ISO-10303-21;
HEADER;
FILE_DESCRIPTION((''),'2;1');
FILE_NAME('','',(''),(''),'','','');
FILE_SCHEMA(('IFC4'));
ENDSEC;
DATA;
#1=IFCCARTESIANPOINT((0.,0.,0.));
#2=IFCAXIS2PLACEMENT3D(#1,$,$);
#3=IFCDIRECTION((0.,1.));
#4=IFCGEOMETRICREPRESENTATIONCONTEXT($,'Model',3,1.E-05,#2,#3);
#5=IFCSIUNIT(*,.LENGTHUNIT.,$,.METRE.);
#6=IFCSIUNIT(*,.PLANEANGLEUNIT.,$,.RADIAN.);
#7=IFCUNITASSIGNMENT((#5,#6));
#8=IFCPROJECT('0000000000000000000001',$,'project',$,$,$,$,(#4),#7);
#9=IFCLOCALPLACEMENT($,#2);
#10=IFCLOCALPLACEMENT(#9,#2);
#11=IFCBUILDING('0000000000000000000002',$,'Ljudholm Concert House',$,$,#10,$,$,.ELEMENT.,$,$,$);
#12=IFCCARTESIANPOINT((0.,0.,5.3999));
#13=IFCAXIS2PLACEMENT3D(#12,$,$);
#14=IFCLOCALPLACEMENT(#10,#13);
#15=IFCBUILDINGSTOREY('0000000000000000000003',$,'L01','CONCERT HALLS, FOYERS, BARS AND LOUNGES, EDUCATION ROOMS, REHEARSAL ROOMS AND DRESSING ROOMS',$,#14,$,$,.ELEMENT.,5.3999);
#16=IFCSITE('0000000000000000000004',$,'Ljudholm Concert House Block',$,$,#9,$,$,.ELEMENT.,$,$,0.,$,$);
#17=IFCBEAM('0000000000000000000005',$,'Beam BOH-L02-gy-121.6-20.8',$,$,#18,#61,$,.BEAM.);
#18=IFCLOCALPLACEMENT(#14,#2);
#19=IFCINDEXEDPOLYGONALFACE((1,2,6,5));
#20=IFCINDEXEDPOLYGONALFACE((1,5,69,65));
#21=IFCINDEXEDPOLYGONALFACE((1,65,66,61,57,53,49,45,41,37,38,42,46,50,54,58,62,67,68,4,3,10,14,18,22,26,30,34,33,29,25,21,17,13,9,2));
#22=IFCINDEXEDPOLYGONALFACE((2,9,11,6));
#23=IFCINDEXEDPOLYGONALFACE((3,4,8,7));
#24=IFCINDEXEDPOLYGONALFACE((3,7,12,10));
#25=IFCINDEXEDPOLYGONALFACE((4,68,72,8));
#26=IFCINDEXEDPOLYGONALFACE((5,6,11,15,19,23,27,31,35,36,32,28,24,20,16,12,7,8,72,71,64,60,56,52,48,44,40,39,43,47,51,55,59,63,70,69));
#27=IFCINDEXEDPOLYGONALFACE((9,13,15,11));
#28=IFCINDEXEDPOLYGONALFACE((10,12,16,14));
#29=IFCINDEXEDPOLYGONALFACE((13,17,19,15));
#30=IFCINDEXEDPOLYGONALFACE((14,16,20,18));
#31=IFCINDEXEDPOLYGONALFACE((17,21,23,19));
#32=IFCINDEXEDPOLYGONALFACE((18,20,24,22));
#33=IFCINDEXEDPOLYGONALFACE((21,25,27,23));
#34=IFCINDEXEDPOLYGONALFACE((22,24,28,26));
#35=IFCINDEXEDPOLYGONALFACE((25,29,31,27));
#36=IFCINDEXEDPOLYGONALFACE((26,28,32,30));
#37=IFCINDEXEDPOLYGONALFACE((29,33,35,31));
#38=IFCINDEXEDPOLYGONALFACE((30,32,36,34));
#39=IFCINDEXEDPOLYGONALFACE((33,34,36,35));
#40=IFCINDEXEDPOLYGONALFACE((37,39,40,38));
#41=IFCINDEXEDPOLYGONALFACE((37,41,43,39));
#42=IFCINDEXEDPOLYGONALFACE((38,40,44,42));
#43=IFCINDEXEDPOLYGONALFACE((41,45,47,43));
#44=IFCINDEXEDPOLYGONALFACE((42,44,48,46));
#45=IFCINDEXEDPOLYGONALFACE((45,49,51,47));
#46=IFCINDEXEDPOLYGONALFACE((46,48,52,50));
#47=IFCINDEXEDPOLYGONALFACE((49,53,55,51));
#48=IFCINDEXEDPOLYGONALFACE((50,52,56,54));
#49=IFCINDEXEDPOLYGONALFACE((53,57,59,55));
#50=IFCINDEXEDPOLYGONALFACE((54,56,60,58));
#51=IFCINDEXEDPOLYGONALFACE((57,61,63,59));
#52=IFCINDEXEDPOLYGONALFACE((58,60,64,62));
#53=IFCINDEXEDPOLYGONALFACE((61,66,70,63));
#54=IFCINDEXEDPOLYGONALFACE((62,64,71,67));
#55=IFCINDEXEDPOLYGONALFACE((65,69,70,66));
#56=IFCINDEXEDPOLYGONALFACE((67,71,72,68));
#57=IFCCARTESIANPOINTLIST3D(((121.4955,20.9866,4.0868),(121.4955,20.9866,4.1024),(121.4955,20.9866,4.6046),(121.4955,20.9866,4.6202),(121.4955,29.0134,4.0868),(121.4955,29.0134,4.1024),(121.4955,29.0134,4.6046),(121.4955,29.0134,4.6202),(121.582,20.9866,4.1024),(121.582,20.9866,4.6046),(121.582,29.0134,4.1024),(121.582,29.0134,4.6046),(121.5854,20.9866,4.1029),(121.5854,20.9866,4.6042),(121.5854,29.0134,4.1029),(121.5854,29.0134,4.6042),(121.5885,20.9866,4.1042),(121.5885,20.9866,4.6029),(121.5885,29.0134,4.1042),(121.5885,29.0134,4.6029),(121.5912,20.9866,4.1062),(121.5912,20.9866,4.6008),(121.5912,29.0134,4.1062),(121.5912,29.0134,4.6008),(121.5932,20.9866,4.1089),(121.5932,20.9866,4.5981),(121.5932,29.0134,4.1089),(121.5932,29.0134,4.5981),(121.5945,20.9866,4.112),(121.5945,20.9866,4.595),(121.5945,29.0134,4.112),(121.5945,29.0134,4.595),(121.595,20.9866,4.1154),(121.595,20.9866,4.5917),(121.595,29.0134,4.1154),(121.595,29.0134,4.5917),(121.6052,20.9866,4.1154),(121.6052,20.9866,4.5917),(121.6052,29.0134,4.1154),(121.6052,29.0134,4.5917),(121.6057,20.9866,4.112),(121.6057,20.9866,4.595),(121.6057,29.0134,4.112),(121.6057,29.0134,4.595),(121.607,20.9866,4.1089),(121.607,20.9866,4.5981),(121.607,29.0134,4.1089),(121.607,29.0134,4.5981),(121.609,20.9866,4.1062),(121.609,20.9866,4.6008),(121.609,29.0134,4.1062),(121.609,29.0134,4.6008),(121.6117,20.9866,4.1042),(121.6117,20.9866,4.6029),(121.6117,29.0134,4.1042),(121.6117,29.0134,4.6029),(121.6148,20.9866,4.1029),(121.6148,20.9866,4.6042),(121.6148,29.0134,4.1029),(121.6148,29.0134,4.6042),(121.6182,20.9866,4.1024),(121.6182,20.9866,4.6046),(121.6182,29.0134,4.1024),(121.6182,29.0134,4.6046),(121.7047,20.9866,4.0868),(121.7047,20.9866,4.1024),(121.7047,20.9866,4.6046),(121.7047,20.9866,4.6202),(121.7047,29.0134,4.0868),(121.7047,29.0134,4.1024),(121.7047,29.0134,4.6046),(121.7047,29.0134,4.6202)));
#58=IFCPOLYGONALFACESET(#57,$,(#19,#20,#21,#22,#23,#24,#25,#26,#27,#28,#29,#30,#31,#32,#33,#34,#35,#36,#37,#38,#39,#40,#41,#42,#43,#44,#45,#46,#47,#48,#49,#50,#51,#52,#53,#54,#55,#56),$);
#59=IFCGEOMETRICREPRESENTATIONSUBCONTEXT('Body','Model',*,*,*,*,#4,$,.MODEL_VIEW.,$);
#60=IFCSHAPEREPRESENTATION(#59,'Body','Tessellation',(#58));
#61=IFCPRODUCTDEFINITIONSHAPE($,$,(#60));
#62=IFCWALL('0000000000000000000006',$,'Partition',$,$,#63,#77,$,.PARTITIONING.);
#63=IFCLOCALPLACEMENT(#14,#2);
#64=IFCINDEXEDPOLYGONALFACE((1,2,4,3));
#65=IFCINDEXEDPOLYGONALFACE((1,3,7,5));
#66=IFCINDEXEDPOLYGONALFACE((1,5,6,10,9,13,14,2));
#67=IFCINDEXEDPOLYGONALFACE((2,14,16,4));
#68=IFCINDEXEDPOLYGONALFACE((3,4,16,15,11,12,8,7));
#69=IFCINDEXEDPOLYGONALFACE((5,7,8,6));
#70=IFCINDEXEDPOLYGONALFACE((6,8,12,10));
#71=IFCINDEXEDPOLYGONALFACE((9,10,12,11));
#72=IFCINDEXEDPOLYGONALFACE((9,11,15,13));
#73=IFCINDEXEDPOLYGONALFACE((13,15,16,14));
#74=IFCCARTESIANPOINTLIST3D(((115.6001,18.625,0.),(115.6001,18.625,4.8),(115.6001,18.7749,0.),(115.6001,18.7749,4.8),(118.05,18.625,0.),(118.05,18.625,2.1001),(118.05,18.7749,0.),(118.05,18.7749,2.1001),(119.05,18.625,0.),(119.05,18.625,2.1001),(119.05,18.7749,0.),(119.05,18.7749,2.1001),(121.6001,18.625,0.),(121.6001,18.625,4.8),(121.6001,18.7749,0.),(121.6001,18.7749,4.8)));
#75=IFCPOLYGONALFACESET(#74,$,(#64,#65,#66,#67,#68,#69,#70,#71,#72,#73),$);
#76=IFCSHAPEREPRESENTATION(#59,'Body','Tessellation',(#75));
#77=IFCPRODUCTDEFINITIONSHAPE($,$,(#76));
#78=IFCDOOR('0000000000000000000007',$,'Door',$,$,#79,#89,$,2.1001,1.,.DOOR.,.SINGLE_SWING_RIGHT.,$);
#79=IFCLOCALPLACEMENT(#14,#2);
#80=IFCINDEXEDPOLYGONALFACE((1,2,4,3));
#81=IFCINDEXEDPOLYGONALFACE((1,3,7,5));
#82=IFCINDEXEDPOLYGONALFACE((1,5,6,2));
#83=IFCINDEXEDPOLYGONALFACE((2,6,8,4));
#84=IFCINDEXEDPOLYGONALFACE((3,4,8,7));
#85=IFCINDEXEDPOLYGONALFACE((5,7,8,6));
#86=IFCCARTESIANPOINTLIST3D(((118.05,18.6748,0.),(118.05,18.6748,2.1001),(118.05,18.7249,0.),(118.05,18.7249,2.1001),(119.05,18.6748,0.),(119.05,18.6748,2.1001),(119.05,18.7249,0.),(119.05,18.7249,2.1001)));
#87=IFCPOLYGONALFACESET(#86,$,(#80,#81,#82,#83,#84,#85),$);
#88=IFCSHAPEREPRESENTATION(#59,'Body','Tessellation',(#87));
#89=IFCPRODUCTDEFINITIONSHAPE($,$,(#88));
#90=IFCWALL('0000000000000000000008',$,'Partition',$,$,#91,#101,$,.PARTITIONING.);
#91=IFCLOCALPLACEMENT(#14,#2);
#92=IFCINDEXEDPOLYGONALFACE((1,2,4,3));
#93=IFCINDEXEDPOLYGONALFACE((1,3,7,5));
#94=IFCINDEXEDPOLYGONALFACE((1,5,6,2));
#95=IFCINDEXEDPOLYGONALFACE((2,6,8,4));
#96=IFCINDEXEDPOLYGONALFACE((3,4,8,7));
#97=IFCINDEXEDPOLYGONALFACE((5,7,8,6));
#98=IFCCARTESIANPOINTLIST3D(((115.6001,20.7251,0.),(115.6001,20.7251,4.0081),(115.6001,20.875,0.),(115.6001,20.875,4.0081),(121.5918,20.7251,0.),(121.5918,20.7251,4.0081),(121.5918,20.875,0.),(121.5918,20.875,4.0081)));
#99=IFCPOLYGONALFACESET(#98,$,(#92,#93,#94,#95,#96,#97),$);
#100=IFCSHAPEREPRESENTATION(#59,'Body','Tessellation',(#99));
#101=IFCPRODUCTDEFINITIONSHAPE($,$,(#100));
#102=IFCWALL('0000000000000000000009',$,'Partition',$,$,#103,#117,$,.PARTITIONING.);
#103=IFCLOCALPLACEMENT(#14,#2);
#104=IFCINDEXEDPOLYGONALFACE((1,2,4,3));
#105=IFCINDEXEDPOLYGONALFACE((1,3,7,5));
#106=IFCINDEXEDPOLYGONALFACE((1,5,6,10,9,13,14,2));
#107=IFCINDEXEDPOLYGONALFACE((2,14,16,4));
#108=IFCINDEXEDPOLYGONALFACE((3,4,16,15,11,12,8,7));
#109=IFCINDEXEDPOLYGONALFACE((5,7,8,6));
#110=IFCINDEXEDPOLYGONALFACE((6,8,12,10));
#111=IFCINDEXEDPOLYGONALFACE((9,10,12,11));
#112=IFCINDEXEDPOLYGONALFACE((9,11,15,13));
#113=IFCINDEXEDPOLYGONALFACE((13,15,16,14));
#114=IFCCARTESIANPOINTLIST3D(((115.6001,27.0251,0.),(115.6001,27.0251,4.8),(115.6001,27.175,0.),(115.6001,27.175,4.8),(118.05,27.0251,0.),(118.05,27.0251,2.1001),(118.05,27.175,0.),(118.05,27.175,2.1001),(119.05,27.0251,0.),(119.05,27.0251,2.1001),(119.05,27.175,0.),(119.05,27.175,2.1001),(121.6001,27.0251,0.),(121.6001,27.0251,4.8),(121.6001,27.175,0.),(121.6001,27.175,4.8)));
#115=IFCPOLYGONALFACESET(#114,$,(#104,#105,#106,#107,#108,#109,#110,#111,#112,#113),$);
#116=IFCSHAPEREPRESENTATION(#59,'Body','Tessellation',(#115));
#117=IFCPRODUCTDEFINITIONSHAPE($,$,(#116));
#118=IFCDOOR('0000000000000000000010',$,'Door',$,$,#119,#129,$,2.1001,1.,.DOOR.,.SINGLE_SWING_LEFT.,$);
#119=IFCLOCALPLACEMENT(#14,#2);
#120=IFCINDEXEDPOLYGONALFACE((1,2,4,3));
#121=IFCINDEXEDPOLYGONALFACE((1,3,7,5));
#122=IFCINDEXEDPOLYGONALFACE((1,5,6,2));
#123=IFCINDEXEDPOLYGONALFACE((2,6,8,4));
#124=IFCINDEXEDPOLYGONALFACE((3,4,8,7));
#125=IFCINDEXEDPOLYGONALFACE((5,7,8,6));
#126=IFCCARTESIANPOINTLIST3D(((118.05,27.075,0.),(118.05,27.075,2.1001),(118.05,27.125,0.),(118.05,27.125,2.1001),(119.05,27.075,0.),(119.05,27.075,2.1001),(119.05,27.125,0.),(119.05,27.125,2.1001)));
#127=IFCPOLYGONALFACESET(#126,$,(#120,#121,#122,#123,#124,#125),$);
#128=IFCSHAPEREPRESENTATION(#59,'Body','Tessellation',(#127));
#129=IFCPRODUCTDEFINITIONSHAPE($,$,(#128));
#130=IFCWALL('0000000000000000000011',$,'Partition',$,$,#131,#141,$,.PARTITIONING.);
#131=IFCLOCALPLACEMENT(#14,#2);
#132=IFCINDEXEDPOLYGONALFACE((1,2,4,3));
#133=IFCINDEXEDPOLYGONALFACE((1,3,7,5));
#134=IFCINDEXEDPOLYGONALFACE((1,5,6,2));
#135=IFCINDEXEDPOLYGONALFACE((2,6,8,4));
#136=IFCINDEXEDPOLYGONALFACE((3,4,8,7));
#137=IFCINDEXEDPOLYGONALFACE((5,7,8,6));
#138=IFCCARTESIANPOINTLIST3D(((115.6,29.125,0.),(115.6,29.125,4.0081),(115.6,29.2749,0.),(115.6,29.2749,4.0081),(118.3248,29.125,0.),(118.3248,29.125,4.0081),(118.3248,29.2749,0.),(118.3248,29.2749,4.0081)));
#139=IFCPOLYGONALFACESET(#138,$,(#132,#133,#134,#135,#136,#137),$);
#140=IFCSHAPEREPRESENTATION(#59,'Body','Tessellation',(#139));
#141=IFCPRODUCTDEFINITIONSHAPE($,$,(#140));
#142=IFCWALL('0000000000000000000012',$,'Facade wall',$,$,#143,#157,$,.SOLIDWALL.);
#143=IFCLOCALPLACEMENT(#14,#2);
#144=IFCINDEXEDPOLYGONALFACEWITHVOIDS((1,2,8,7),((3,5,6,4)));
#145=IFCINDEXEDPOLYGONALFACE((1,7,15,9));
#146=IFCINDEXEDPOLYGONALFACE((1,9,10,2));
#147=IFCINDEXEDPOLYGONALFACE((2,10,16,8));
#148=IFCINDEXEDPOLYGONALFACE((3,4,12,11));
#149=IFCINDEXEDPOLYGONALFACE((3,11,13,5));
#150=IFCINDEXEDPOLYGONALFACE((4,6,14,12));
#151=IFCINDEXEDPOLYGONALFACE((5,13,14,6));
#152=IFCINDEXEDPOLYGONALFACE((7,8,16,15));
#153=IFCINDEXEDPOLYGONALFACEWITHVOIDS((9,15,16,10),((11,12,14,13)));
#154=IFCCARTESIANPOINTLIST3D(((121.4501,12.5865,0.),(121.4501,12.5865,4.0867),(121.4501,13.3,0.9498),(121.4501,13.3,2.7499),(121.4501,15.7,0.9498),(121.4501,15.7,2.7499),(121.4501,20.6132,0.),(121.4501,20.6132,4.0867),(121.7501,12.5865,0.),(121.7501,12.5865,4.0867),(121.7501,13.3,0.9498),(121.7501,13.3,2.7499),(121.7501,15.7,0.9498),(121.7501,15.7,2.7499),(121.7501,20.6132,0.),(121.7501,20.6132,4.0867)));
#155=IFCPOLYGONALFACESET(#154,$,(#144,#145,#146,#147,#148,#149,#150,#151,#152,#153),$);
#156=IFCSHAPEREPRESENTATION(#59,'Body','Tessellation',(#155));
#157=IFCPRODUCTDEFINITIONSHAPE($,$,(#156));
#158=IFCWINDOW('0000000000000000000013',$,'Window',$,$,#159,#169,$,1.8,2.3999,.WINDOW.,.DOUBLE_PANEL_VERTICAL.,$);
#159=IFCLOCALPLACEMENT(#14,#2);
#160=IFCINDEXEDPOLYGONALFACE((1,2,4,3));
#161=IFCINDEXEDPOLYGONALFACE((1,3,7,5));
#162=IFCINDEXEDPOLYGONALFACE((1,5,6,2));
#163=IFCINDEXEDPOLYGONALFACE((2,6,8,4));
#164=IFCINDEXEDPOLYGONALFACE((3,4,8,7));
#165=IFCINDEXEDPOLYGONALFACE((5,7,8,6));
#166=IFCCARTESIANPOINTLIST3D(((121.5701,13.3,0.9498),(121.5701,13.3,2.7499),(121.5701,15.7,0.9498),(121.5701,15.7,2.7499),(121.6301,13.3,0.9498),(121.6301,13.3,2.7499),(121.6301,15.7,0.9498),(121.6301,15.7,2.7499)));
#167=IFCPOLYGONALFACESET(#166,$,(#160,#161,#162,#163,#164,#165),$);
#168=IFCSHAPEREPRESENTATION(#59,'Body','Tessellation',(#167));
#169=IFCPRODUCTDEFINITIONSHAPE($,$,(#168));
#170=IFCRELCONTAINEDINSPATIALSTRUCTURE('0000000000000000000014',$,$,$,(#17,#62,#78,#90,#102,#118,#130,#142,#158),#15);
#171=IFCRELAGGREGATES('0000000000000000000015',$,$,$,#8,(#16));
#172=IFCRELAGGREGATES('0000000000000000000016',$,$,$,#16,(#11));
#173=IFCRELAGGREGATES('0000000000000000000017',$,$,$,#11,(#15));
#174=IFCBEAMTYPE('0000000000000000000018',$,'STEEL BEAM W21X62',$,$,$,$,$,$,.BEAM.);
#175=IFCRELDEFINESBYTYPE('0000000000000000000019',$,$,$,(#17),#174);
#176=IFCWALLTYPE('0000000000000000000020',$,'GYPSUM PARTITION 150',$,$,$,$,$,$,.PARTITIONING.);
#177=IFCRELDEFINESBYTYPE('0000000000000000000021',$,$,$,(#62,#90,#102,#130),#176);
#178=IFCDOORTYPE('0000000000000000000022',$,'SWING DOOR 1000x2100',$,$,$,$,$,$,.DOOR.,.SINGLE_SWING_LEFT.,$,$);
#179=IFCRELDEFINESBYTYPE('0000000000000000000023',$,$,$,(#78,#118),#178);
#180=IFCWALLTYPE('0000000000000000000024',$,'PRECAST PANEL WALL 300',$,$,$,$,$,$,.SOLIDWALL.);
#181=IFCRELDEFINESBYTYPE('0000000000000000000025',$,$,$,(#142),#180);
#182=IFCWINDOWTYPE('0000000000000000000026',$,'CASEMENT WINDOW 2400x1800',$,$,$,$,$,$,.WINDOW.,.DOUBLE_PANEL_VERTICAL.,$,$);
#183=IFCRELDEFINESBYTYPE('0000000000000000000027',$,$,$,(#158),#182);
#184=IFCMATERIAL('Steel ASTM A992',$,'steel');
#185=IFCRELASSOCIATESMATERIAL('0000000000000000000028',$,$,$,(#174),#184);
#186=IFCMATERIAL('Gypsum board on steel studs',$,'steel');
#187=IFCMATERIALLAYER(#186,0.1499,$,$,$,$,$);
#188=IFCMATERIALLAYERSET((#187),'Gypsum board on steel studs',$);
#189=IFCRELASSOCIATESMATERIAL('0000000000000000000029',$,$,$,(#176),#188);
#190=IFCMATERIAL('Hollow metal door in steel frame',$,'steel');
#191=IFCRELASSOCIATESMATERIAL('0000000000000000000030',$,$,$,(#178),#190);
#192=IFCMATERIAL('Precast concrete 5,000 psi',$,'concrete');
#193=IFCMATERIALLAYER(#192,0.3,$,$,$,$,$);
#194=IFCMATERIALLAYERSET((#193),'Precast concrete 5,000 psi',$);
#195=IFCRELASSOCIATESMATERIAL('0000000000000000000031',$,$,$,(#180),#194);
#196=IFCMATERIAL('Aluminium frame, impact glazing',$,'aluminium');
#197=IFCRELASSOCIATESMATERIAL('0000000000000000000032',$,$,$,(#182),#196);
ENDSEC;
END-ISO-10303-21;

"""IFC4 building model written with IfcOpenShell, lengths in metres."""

from ifc_helpers import new_model, si_unit, direction, frame, frame_2d, origin, origin_2d, place, context, subcontext, project, spatial, rectangle, i_section, extrude, material, layer, layer_set, material_profile, profile_set, type_object, element, fill, save


model = new_model("IFC4")

# Units and contexts
model_context = context("Model", 3, precision=1e-05, world=origin(), true_north=direction((0.0, 1.0)))
body_context = subcontext(model_context, "Body", "Model", "MODEL_VIEW")
ifc_project = project(units=[si_unit("LENGTHUNIT", "METRE"), si_unit("PLANEANGLEUNIT", "RADIAN")], contexts=[model_context])

# Site, building, storey
site_placement = place(None, origin())
site = spatial("IfcSite", under=ifc_project, at=site_placement, Name="Ljudholm Concert House Block", CompositionType="ELEMENT", RefElevation=0.0)
building_placement = place(site_placement, origin())
building = spatial("IfcBuilding", under=site, at=building_placement, Name="Ljudholm Concert House", CompositionType="ELEMENT")
storey_placement = place(building_placement, frame((0.0, 0.0, 5.3999)))
storey = spatial("IfcBuildingStorey", under=building, at=storey_placement, Name="L01", Description="CONCERT HALLS, FOYERS, BARS AND LOUNGES, EDUCATION ROOMS, REHEARSAL ROOMS AND DRESSING ROOMS", CompositionType="ELEMENT", Elevation=5.3999)

# Beam
ifc_material_1 = material(Name="Steel ASTM A992", Category="steel")
ifc_material_profile_1 = material_profile(ifc_material_1, i_section(OverallWidth=0.2092, OverallDepth=0.5334, WebThickness=0.0103, FlangeThickness=0.0156, FilletRadius=0.0129, at=origin_2d()), Name="W21X62")
ifc_profile_set_1 = profile_set([ifc_material_profile_1], Name="Steel ASTM A992")
beam_type_1 = type_object("IfcBeamType", Name="STEEL BEAM W21X62", PredefinedType="BEAM", material=ifc_profile_set_1)
beam_1_placement = place(storey_placement, frame((121.6001, 20.9866, 4.3535), z_axis=(0.0, 1.0, 0.0), x_axis=(-1.0, 0.0, 0.0)))
element("IfcBeam", 1, at=beam_1_placement, inside=storey, type_object=beam_type_1, Name="Beam BOH-L02-gy-121.6-20.8", PredefinedType="BEAM", context=body_context, shape_type="SweptSolid", body=[
    extrude(i_section(OverallWidth=0.2092, OverallDepth=0.5334, WebThickness=0.0103, FlangeThickness=0.0156, FilletRadius=0.0129, at=origin_2d()), origin(), (0.0, 0.0, 1.0), 8.0269),
])

# Wall, opening, door
ifc_material_2 = material(Name="Gypsum board on steel studs", Category="steel")
ifc_layer_1 = layer(ifc_material_2, 0.1499)
ifc_layer_set_1 = layer_set([ifc_layer_1], Name="Gypsum board on steel studs")
wall_type_1 = type_object("IfcWallType", Name="GYPSUM PARTITION 150", PredefinedType="PARTITIONING", material=ifc_layer_set_1)
wall_1_placement = place(storey_placement, frame((115.6001, 18.7, 0.0), z_axis=(0.0, 0.0, 1.0), x_axis=(1.0, 0.0, 0.0)))
wall_1 = element("IfcWall", 2, at=wall_1_placement, inside=storey, type_object=wall_type_1, Name="Partition", PredefinedType="PARTITIONING", context=body_context, shape_type="SweptSolid", body=[
    extrude(rectangle(XDim=6.0, YDim=0.1499, at=frame_2d((3.0, 0.0))), origin(), (0.0, 0.0, 1.0), 4.8),
])
opening_1_placement = place(wall_1_placement, frame((2.45, 0.0, 0.0)))
opening_1 = element("IfcOpeningElement", 3, at=opening_1_placement, cuts=wall_1, PredefinedType="OPENING", context=body_context, shape_type="SweptSolid", body=[
    extrude(rectangle(XDim=1.0, YDim=2.1001, at=frame_2d((0.5, 1.05))), frame((0.0, 0.085, 0.0), z_axis=(0.0, -1.0, 0.0), x_axis=(1.0, 0.0, 0.0)), (0.0, 0.0, 1.0), 0.1699),
])
ifc_material_3 = material(Name="Hollow metal door in steel frame", Category="steel")
door_type_1 = type_object("IfcDoorType", Name="SWING DOOR 1000x2100", OperationType="SINGLE_SWING_LEFT", PredefinedType="DOOR", material=ifc_material_3)
door_1_placement = place(opening_1_placement, origin())
door_1 = element("IfcDoor", 4, at=door_1_placement, inside=storey, type_object=door_type_1, Name="Door", OperationType="SINGLE_SWING_RIGHT", OverallHeight=2.1001, OverallWidth=1.0, PredefinedType="DOOR", context=body_context, shape_type="SweptSolid", body=[
    extrude(rectangle(XDim=1.0, YDim=2.1001, at=frame_2d((0.5, 1.05))), frame((0.0, 0.0249, 0.0), z_axis=(0.0, -1.0, 0.0), x_axis=(1.0, 0.0, 0.0)), (0.0, 0.0, 1.0), 0.05),
])
fill(opening_1, door_1)

# Wall
wall_2_placement = place(storey_placement, frame((115.6001, 20.8, 0.0), z_axis=(0.0, 0.0, 1.0), x_axis=(1.0, 0.0, 0.0)))
element("IfcWall", 5, at=wall_2_placement, inside=storey, type_object=wall_type_1, Name="Partition", PredefinedType="PARTITIONING", context=body_context, shape_type="SweptSolid", body=[
    extrude(rectangle(XDim=5.9917, YDim=0.1499, at=frame_2d((2.9958, 0.0))), origin(), (0.0, 0.0, 1.0), 4.0081),
])

# Wall, opening, door
wall_3_placement = place(storey_placement, frame((115.6001, 27.1001, 0.0), z_axis=(0.0, 0.0, 1.0), x_axis=(1.0, 0.0, 0.0)))
wall_3 = element("IfcWall", 6, at=wall_3_placement, inside=storey, type_object=wall_type_1, Name="Partition", PredefinedType="PARTITIONING", context=body_context, shape_type="SweptSolid", body=[
    extrude(rectangle(XDim=6.0, YDim=0.1499, at=frame_2d((3.0, 0.0))), origin(), (0.0, 0.0, 1.0), 4.8),
])
opening_2_placement = place(wall_3_placement, frame((2.45, 0.0, 0.0)))
opening_2 = element("IfcOpeningElement", 7, at=opening_2_placement, cuts=wall_3, PredefinedType="OPENING", context=body_context, shape_type="SweptSolid", body=[
    extrude(rectangle(XDim=1.0, YDim=2.1001, at=frame_2d((0.5, 1.05))), frame((0.0, 0.085, 0.0), z_axis=(0.0, -1.0, 0.0), x_axis=(1.0, 0.0, 0.0)), (0.0, 0.0, 1.0), 0.1699),
])
door_2_placement = place(opening_2_placement, origin())
door_2 = element("IfcDoor", 8, at=door_2_placement, inside=storey, type_object=door_type_1, Name="Door", OperationType="SINGLE_SWING_LEFT", OverallHeight=2.1001, OverallWidth=1.0, PredefinedType="DOOR", context=body_context, shape_type="SweptSolid", body=[
    extrude(rectangle(XDim=1.0, YDim=2.1001, at=frame_2d((0.5, 1.05))), frame((0.0, 0.0249, 0.0), z_axis=(0.0, -1.0, 0.0), x_axis=(1.0, 0.0, 0.0)), (0.0, 0.0, 1.0), 0.05),
])
fill(opening_2, door_2)

# Wall
wall_4_placement = place(storey_placement, frame((115.6001, 29.2, 0.0), z_axis=(0.0, 0.0, 1.0), x_axis=(1.0, 0.0, 0.0)))
element("IfcWall", 9, at=wall_4_placement, inside=storey, type_object=wall_type_1, Name="Partition", PredefinedType="PARTITIONING", context=body_context, shape_type="SweptSolid", body=[
    extrude(rectangle(XDim=2.7249, YDim=0.1499, at=frame_2d((1.3623, 0.0))), origin(), (0.0, 0.0, 1.0), 4.0081),
])

# Wall, opening, window
ifc_material_4 = material(Name="Precast concrete 5,000 psi", Category="concrete")
ifc_layer_2 = layer(ifc_material_4, 0.3)
ifc_layer_set_2 = layer_set([ifc_layer_2], Name="Precast concrete 5,000 psi")
wall_type_2 = type_object("IfcWallType", Name="PRECAST PANEL WALL 300", PredefinedType="SOLIDWALL", material=ifc_layer_set_2)
wall_5_placement = place(storey_placement, frame((121.6001, 12.5867, 0.0), z_axis=(0.0, 0.0, 1.0), x_axis=(0.0, 1.0, 0.0)))
wall_5 = element("IfcWall", 10, at=wall_5_placement, inside=storey, type_object=wall_type_2, Name="Facade wall", PredefinedType="SOLIDWALL", context=body_context, shape_type="SweptSolid", body=[
    extrude(rectangle(XDim=8.0266, YDim=0.3, at=frame_2d((4.0132, 0.0))), origin(), (0.0, 0.0, 1.0), 4.0867),
])
opening_3_placement = place(wall_5_placement, frame((0.7134, 0.0, 0.95)))
opening_3 = element("IfcOpeningElement", 11, at=opening_3_placement, cuts=wall_5, PredefinedType="OPENING", context=body_context, shape_type="SweptSolid", body=[
    extrude(rectangle(XDim=2.3999, YDim=1.8, at=frame_2d((1.2, 0.8999))), frame((0.0, 0.1599, 0.0), z_axis=(0.0, -1.0, 0.0), x_axis=(1.0, 0.0, 0.0)), (0.0, 0.0, 1.0), 0.3201),
])
ifc_material_5 = material(Name="Aluminium frame, impact glazing", Category="aluminium")
window_type = type_object("IfcWindowType", Name="CASEMENT WINDOW 2400x1800", PartitioningType="DOUBLE_PANEL_VERTICAL", PredefinedType="WINDOW", material=ifc_material_5)
window_1_placement = place(opening_3_placement, origin())
window_1 = element("IfcWindow", 12, at=window_1_placement, inside=storey, type_object=window_type, Name="Window", OverallHeight=1.8, OverallWidth=2.3999, PartitioningType="DOUBLE_PANEL_VERTICAL", PredefinedType="WINDOW", context=body_context, shape_type="SweptSolid", body=[
    extrude(rectangle(XDim=2.3999, YDim=1.8, at=frame_2d((1.2, 0.8999))), frame((0.0, 0.03, 0.0), z_axis=(0.0, -1.0, 0.0), x_axis=(1.0, 0.0, 0.0)), (0.0, 0.0, 1.0), 0.0601),
])
fill(opening_3, window_1)

save(model, "model.ifc")
